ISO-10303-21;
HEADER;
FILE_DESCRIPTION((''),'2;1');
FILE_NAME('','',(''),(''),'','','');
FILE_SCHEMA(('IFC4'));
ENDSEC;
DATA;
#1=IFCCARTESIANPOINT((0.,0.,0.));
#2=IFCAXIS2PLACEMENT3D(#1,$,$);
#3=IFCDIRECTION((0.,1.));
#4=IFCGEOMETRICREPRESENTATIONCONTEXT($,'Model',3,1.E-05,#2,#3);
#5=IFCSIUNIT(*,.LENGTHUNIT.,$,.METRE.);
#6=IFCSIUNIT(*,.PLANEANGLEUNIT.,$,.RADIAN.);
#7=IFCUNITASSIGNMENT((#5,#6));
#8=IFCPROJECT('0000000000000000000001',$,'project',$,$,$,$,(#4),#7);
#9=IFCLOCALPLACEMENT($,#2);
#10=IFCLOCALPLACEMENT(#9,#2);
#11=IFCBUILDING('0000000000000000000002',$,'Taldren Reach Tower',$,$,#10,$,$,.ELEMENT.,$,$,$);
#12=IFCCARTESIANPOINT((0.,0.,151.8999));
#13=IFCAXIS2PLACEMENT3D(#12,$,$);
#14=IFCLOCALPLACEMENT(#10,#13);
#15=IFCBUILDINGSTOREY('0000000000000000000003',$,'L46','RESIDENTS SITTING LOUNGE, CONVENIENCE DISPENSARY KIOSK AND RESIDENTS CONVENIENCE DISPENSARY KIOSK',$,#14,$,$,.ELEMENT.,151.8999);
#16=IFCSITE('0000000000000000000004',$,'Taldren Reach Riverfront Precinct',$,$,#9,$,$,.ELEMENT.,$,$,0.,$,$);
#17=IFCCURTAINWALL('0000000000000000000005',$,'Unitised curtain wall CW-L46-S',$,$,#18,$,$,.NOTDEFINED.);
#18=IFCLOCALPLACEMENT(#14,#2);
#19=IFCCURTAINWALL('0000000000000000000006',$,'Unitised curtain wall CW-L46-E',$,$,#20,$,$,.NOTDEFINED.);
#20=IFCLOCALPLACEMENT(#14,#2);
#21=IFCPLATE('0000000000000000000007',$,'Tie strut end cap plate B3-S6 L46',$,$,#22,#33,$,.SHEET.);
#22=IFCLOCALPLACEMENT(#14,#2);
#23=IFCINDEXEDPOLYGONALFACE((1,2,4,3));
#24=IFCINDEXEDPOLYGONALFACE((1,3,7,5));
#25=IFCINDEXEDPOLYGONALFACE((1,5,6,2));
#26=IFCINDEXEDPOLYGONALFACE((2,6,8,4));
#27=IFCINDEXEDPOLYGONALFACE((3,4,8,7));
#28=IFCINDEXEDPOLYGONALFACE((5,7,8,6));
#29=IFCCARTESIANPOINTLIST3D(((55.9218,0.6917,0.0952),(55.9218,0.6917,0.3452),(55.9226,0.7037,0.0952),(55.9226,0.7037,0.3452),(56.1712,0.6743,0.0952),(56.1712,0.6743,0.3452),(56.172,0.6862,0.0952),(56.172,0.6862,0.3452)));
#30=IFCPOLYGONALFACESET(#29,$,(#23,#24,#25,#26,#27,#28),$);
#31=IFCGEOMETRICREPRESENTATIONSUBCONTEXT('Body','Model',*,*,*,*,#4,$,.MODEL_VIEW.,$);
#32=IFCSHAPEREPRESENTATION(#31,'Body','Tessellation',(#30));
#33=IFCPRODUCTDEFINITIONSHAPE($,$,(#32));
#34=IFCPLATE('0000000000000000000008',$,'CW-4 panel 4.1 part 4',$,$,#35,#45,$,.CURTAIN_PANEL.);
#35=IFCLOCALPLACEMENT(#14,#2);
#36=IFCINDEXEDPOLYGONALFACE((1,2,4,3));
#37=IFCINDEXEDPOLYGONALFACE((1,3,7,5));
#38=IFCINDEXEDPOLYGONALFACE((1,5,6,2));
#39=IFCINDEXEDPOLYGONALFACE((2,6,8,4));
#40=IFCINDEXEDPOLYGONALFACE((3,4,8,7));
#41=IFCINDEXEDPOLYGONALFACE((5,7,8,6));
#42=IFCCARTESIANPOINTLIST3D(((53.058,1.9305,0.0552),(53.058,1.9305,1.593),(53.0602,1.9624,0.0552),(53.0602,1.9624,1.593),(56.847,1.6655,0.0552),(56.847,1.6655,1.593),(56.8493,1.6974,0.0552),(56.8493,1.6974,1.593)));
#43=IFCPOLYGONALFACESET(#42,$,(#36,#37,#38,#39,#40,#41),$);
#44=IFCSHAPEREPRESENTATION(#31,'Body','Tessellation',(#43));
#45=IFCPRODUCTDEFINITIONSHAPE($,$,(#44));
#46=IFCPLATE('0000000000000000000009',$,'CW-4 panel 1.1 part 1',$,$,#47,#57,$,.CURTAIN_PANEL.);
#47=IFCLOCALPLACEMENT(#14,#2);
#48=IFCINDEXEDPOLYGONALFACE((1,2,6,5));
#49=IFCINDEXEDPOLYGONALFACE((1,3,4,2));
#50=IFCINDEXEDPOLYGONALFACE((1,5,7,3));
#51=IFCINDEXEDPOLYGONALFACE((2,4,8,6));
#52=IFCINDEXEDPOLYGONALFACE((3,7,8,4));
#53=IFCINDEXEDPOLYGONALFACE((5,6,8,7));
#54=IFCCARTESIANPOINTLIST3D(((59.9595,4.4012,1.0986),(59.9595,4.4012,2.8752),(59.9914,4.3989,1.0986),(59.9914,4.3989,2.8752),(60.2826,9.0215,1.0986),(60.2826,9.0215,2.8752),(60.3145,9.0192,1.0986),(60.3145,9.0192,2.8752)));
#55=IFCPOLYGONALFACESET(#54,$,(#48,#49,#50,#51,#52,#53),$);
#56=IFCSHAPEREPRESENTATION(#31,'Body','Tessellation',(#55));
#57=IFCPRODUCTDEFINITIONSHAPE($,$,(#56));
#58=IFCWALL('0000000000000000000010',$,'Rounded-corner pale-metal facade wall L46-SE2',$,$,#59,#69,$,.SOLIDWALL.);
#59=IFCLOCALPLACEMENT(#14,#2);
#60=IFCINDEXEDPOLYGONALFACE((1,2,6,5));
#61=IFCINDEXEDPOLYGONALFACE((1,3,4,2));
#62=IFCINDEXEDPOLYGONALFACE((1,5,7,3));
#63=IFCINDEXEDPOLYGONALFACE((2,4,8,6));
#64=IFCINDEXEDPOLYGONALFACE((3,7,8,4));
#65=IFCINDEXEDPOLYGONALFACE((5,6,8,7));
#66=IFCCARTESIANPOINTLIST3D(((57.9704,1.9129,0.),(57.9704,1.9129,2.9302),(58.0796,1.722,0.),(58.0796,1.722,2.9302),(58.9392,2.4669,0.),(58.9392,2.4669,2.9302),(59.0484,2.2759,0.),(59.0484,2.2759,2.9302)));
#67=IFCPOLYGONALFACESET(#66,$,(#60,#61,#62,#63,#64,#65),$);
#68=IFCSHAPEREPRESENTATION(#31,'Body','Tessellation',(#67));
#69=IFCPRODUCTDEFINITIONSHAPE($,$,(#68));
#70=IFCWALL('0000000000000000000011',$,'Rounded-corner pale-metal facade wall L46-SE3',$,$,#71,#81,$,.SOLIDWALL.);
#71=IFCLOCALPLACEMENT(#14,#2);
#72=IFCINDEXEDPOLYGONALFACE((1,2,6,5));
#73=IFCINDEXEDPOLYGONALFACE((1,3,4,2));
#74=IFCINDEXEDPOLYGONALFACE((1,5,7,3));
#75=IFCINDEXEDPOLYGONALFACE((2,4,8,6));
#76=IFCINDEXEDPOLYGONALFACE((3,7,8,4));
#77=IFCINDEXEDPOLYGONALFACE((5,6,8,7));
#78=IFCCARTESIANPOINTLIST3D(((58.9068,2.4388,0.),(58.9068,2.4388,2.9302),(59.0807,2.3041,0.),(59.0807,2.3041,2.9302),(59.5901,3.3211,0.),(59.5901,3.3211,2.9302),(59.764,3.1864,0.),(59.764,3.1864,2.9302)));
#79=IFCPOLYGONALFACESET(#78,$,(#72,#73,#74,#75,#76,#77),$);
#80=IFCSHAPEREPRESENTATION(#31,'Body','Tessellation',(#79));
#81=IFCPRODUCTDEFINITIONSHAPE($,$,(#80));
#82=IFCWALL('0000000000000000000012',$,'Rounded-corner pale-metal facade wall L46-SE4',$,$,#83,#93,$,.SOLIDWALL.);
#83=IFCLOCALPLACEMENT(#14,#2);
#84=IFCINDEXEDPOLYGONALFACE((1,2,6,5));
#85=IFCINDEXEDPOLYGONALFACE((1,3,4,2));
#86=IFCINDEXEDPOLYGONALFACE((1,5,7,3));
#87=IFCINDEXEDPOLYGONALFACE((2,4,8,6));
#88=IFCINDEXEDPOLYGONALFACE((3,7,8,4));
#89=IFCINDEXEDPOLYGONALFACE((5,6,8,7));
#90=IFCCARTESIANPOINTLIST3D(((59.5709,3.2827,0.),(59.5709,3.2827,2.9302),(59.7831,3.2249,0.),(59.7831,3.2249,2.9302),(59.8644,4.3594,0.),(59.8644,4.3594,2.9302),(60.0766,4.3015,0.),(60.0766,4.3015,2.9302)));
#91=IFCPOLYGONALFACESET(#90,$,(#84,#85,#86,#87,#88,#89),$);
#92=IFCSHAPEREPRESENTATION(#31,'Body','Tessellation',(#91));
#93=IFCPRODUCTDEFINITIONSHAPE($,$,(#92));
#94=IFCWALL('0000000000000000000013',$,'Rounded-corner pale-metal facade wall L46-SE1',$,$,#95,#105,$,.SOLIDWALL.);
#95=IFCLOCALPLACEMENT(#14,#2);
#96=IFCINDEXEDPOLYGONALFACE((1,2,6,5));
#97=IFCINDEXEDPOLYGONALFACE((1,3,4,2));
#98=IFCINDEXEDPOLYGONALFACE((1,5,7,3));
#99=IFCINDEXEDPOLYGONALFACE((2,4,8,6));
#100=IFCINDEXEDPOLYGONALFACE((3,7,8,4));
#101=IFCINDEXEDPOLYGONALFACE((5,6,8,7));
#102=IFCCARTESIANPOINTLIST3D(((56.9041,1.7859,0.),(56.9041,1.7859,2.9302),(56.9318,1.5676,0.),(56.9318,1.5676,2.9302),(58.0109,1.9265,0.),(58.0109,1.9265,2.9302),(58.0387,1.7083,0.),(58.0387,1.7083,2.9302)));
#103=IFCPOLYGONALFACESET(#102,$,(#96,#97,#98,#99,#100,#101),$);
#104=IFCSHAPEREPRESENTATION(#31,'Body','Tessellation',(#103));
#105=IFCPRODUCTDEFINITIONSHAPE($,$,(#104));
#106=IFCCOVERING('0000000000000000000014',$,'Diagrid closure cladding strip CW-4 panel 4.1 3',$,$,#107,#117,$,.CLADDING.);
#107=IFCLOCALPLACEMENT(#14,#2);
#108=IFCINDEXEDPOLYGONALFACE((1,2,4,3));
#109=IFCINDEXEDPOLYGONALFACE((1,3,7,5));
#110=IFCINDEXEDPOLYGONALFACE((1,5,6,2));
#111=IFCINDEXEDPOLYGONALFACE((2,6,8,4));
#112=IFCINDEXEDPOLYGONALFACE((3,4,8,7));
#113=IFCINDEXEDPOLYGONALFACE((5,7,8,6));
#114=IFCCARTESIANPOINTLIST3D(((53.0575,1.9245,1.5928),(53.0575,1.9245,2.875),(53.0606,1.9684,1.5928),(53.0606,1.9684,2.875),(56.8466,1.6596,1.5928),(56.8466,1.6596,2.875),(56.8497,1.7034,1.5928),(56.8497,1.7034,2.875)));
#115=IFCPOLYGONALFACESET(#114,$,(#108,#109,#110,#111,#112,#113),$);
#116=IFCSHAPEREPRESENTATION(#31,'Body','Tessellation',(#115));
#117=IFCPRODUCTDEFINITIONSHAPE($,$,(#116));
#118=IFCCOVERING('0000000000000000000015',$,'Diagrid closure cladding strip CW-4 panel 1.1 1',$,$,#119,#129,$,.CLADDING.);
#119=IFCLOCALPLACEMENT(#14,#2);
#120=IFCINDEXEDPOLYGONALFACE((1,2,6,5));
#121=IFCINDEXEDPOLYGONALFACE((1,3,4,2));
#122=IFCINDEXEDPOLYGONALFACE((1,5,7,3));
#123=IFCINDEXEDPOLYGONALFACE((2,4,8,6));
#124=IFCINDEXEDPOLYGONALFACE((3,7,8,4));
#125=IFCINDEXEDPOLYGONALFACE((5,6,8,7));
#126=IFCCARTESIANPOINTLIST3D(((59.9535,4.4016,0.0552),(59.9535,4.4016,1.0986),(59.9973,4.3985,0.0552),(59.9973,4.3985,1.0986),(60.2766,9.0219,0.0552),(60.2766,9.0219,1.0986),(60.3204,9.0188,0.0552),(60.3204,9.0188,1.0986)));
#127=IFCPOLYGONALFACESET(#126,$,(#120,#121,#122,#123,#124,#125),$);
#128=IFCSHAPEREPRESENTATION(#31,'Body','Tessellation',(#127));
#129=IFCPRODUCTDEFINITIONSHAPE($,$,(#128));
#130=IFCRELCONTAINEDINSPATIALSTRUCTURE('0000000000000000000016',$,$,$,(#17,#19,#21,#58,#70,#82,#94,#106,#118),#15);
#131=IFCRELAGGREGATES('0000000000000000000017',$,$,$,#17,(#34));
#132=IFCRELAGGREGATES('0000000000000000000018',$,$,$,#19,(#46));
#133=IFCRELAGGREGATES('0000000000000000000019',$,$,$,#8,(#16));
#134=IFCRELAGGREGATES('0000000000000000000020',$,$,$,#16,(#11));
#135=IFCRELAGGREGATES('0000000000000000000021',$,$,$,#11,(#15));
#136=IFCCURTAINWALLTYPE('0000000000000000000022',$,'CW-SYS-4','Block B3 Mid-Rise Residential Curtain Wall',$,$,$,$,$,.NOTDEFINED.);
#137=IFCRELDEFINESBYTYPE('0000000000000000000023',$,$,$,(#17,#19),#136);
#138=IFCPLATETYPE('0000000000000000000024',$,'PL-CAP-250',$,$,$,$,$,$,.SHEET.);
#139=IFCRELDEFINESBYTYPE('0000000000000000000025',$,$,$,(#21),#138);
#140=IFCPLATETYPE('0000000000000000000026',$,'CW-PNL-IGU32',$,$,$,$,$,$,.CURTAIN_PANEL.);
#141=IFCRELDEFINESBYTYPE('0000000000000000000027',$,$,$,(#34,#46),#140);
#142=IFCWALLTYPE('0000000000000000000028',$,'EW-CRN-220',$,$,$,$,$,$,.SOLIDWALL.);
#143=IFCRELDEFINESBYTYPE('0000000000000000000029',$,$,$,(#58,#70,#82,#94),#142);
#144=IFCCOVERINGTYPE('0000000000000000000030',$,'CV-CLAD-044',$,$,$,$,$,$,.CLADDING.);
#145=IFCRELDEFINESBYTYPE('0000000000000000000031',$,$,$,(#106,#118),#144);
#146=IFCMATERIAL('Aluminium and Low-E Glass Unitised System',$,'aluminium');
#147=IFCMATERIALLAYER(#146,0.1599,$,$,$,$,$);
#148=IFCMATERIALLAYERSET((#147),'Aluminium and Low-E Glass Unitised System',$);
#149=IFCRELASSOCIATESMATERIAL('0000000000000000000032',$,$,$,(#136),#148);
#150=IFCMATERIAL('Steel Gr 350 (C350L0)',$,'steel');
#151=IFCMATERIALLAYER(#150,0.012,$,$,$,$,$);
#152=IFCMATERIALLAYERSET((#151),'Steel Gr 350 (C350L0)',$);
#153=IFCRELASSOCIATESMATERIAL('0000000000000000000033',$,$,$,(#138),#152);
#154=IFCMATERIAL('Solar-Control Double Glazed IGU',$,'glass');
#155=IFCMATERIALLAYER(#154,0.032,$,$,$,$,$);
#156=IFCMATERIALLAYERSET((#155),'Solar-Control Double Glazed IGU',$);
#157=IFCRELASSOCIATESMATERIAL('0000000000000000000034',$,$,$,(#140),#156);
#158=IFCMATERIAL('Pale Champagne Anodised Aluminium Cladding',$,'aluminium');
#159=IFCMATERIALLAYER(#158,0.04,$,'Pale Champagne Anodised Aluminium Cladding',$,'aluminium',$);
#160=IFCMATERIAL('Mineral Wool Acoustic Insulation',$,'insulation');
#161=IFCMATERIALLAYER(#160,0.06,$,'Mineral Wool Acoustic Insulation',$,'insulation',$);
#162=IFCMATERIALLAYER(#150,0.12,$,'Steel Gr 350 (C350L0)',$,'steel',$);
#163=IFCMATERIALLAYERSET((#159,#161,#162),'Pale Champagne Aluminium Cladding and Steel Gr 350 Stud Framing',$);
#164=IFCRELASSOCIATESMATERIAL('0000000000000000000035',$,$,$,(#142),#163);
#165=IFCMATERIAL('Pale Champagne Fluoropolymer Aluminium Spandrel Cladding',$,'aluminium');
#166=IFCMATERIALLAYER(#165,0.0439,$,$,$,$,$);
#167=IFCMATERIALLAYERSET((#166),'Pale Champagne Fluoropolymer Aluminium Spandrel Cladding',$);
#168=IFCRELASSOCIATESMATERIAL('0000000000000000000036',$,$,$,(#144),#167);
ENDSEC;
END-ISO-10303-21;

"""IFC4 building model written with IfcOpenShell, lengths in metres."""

from ifc_helpers import new_model, si_unit, direction, frame, frame_2d, origin, origin_2d, place, context, subcontext, project, spatial, rectangle, extrude, source, transform, mapped, material, layer, layer_set, type_object, element, aggregate, save


model = new_model("IFC4")

# Units and contexts
model_context = context("Model", 3, precision=1e-05, world=origin(), true_north=direction((0.0, 1.0)))
body_context = subcontext(model_context, "Body", "Model", "MODEL_VIEW")
ifc_project = project(units=[si_unit("LENGTHUNIT", "METRE"), si_unit("PLANEANGLEUNIT", "RADIAN")], contexts=[model_context])

# Site, building, storey
site_placement = place(None, origin())
site = spatial("IfcSite", under=ifc_project, at=site_placement, Name="Taldren Reach Riverfront Precinct", CompositionType="ELEMENT", RefElevation=0.0)
building_placement = place(site_placement, origin())
building = spatial("IfcBuilding", under=site, at=building_placement, Name="Taldren Reach Tower", CompositionType="ELEMENT")
storey_placement = place(building_placement, frame((0.0, 0.0, 151.8999)))
storey = spatial("IfcBuildingStorey", under=building, at=storey_placement, Name="L46", Description="RESIDENTS SITTING LOUNGE, CONVENIENCE DISPENSARY KIOSK AND RESIDENTS CONVENIENCE DISPENSARY KIOSK", CompositionType="ELEMENT", Elevation=151.8999)

# Shared definitions
ifc_material_1 = material(Name="Steel Gr 350 (C350L0)", Category="steel")

# Curtain wall
ifc_material_2 = material(Name="Aluminium and Low-E Glass Unitised System", Category="aluminium")
ifc_layer_1 = layer(ifc_material_2, 0.1599)
ifc_layer_set_1 = layer_set([ifc_layer_1], Name="Aluminium and Low-E Glass Unitised System")
curtain_wall_type = type_object("IfcCurtainWallType", Name="CW-SYS-4", Description="Block B3 Mid-Rise Residential Curtain Wall", PredefinedType="NOTDEFINED", material=ifc_layer_set_1)
curtain_wall_1_placement = place(storey_placement, origin())
curtain_wall_1 = element("IfcCurtainWall", 1, at=curtain_wall_1_placement, inside=storey, type_object=curtain_wall_type, Name="Unitised curtain wall CW-L46-S", PredefinedType="NOTDEFINED")

# Curtain wall
curtain_wall_2_placement = place(storey_placement, origin())
curtain_wall_2 = element("IfcCurtainWall", 2, at=curtain_wall_2_placement, inside=storey, type_object=curtain_wall_type, Name="Unitised curtain wall CW-L46-E", PredefinedType="NOTDEFINED")

# Plate
ifc_layer_2 = layer(ifc_material_1, 0.012)
ifc_layer_set_2 = layer_set([ifc_layer_2], Name="Steel Gr 350 (C350L0)")
plate_type_1 = type_object("IfcPlateType", Name="PL-CAP-250", PredefinedType="SHEET", material=ifc_layer_set_2)
shared_shape_1 = source(origin(), body_context, "Body", "SweptSolid", [
    extrude(rectangle(XDim=0.25, YDim=0.012, at=origin_2d()), origin(), (0.0, 0.0, 1.0), 0.25),
])
plate_1_placement = place(storey_placement, frame((56.0469, 0.689, 0.0952), z_axis=(0.0, 0.0, 1.0), x_axis=(0.997564, -0.069756, 0.0)))
element("IfcPlate", 3, at=plate_1_placement, inside=storey, type_object=plate_type_1, Name="Tie strut end cap plate B3-S6 L46", PredefinedType="SHEET", context=body_context, shape_type="MappedRepresentation", body=[
    mapped(shared_shape_1, transform((0.0, 0.0, 0.0), scale=1.0)),
])

# Plates
ifc_material_3 = material(Name="Solar-Control Double Glazed IGU", Category="glass")
ifc_layer_3 = layer(ifc_material_3, 0.032)
ifc_layer_set_3 = layer_set([ifc_layer_3], Name="Solar-Control Double Glazed IGU")
plate_type_2 = type_object("IfcPlateType", Name="CW-PNL-IGU32", PredefinedType="CURTAIN_PANEL", material=ifc_layer_set_3)
shared_shape_2 = source(origin(), body_context, "Body", "SweptSolid", [
    extrude(rectangle(XDim=3.7983, YDim=0.032, at=origin_2d()), origin(), (0.0, 0.0, 1.0), 1.5378),
])
plate_2_placement = place(storey_placement, frame((54.9536, 1.814, 0.0552), z_axis=(0.0, 0.0, 1.0), x_axis=(0.997564, -0.069757, 0.0)))
plate_2 = element("IfcPlate", 4, at=plate_2_placement, type_object=plate_type_2, Name="CW-4 panel 4.1 part 4", PredefinedType="CURTAIN_PANEL", context=body_context, shape_type="MappedRepresentation", body=[
    mapped(shared_shape_2, transform((0.0, 0.0, 0.0), scale=1.0)),
])
aggregate(curtain_wall_1, [plate_2])
shared_shape_3 = source(origin(), body_context, "Body", "SweptSolid", [
    extrude(rectangle(XDim=4.6316, YDim=0.032, at=origin_2d()), origin(), (0.0, 0.0, 1.0), 1.7766),
])
plate_3_placement = place(storey_placement, frame((60.137, 6.7102, 1.0986), z_axis=(0.0, 0.0, 1.0), x_axis=(0.069756, 0.997564, 0.0)))
plate_3 = element("IfcPlate", 5, at=plate_3_placement, type_object=plate_type_2, Name="CW-4 panel 1.1 part 1", PredefinedType="CURTAIN_PANEL", context=body_context, shape_type="MappedRepresentation", body=[
    mapped(shared_shape_3, transform((0.0, 0.0, 0.0), scale=1.0)),
])
aggregate(curtain_wall_2, [plate_3])

# Walls
ifc_material_4 = material(Name="Pale Champagne Anodised Aluminium Cladding", Category="aluminium")
ifc_layer_4 = layer(ifc_material_4, 0.04, Name="Pale Champagne Anodised Aluminium Cladding", Category="aluminium")
ifc_material_5 = material(Name="Mineral Wool Acoustic Insulation", Category="insulation")
ifc_layer_5 = layer(ifc_material_5, 0.06, Name="Mineral Wool Acoustic Insulation", Category="insulation")
ifc_layer_6 = layer(ifc_material_1, 0.12, Name="Steel Gr 350 (C350L0)", Category="steel")
ifc_layer_set_4 = layer_set([ifc_layer_4, ifc_layer_5, ifc_layer_6], Name="Pale Champagne Aluminium Cladding and Steel Gr 350 Stud Framing")
wall_type = type_object("IfcWallType", Name="EW-CRN-220", PredefinedType="SOLIDWALL", material=ifc_layer_set_4)
shared_shape_4 = source(origin(), body_context, "Body", "SweptSolid", [
    extrude(rectangle(XDim=1.116, YDim=0.22, at=frame_2d((0.5581, 0.0))), origin(), (0.0, 0.0, 1.0), 2.9302),
])
for number, where, z_axis, x_axis, name in (
    (6, (58.0249, 1.8174, 0.0), (0.0, 0.0, 1.0), (0.868095, 0.496398, 0.0), "Rounded-corner pale-metal facade wall L46-SE2"),
    (7, (58.9937, 2.3713, 0.0), (0.0, 0.0, 1.0), (0.612319, 0.790611, 0.0), "Rounded-corner pale-metal facade wall L46-SE3"),
    (8, (59.677, 3.2537, 0.0), (0.0, 0.0, 1.0), (0.262969, 0.964804, 0.0), "Rounded-corner pale-metal facade wall L46-SE4"),
):
    element("IfcWall", number, at=place(storey_placement, frame(where, z_axis=z_axis, x_axis=x_axis)), inside=storey, type_object=wall_type, Name=name, PredefinedType="SOLIDWALL", context=body_context, shape_type="MappedRepresentation", body=[
        mapped(shared_shape_4, transform((0.0, 0.0, 0.0), scale=1.0)),
    ])
shared_shape_5 = source(origin(), body_context, "Body", "SweptSolid", [
    extrude(rectangle(XDim=1.1157, YDim=0.22, at=frame_2d((0.5579, 0.0))), origin(), (0.0, 0.0, 1.0), 2.9302),
])
wall_placement = place(storey_placement, frame((56.918, 1.6768, 0.0), z_axis=(0.0, 0.0, 1.0), x_axis=(0.992027, 0.126027, 0.0)))
element("IfcWall", 9, at=wall_placement, inside=storey, type_object=wall_type, Name="Rounded-corner pale-metal facade wall L46-SE1", PredefinedType="SOLIDWALL", context=body_context, shape_type="MappedRepresentation", body=[
    mapped(shared_shape_5, transform((0.0, 0.0, 0.0), scale=1.0)),
])

# Coverings
ifc_material_6 = material(Name="Pale Champagne Fluoropolymer Aluminium Spandrel Cladding", Category="aluminium")
ifc_layer_7 = layer(ifc_material_6, 0.0439)
ifc_layer_set_5 = layer_set([ifc_layer_7], Name="Pale Champagne Fluoropolymer Aluminium Spandrel Cladding")
covering_type = type_object("IfcCoveringType", Name="CV-CLAD-044", PredefinedType="CLADDING", material=ifc_layer_set_5)
shared_shape_6 = source(origin(), body_context, "Body", "SweptSolid", [
    extrude(rectangle(XDim=3.7983, YDim=0.0439, at=origin_2d()), origin(), (0.0, 0.0, 1.0), 1.2822),
])
covering_1_placement = place(storey_placement, frame((54.9536, 1.814, 1.5928), z_axis=(0.0, 0.0, 1.0), x_axis=(0.997564, -0.069757, 0.0)))
element("IfcCovering", 10, at=covering_1_placement, inside=storey, type_object=covering_type, Name="Diagrid closure cladding strip CW-4 panel 4.1 3", PredefinedType="CLADDING", context=body_context, shape_type="MappedRepresentation", body=[
    mapped(shared_shape_6, transform((0.0, 0.0, 0.0), scale=1.0)),
])
shared_shape_7 = source(origin(), body_context, "Body", "SweptSolid", [
    extrude(rectangle(XDim=4.6316, YDim=0.0439, at=origin_2d()), origin(), (0.0, 0.0, 1.0), 1.0435),
])
covering_2_placement = place(storey_placement, frame((60.137, 6.7102, 0.0552), z_axis=(0.0, 0.0, 1.0), x_axis=(0.069756, 0.997564, 0.0)))
element("IfcCovering", 11, at=covering_2_placement, inside=storey, type_object=covering_type, Name="Diagrid closure cladding strip CW-4 panel 1.1 1", PredefinedType="CLADDING", context=body_context, shape_type="MappedRepresentation", body=[
    mapped(shared_shape_7, transform((0.0, 0.0, 0.0), scale=1.0)),
])

save(model, "model.ifc")
